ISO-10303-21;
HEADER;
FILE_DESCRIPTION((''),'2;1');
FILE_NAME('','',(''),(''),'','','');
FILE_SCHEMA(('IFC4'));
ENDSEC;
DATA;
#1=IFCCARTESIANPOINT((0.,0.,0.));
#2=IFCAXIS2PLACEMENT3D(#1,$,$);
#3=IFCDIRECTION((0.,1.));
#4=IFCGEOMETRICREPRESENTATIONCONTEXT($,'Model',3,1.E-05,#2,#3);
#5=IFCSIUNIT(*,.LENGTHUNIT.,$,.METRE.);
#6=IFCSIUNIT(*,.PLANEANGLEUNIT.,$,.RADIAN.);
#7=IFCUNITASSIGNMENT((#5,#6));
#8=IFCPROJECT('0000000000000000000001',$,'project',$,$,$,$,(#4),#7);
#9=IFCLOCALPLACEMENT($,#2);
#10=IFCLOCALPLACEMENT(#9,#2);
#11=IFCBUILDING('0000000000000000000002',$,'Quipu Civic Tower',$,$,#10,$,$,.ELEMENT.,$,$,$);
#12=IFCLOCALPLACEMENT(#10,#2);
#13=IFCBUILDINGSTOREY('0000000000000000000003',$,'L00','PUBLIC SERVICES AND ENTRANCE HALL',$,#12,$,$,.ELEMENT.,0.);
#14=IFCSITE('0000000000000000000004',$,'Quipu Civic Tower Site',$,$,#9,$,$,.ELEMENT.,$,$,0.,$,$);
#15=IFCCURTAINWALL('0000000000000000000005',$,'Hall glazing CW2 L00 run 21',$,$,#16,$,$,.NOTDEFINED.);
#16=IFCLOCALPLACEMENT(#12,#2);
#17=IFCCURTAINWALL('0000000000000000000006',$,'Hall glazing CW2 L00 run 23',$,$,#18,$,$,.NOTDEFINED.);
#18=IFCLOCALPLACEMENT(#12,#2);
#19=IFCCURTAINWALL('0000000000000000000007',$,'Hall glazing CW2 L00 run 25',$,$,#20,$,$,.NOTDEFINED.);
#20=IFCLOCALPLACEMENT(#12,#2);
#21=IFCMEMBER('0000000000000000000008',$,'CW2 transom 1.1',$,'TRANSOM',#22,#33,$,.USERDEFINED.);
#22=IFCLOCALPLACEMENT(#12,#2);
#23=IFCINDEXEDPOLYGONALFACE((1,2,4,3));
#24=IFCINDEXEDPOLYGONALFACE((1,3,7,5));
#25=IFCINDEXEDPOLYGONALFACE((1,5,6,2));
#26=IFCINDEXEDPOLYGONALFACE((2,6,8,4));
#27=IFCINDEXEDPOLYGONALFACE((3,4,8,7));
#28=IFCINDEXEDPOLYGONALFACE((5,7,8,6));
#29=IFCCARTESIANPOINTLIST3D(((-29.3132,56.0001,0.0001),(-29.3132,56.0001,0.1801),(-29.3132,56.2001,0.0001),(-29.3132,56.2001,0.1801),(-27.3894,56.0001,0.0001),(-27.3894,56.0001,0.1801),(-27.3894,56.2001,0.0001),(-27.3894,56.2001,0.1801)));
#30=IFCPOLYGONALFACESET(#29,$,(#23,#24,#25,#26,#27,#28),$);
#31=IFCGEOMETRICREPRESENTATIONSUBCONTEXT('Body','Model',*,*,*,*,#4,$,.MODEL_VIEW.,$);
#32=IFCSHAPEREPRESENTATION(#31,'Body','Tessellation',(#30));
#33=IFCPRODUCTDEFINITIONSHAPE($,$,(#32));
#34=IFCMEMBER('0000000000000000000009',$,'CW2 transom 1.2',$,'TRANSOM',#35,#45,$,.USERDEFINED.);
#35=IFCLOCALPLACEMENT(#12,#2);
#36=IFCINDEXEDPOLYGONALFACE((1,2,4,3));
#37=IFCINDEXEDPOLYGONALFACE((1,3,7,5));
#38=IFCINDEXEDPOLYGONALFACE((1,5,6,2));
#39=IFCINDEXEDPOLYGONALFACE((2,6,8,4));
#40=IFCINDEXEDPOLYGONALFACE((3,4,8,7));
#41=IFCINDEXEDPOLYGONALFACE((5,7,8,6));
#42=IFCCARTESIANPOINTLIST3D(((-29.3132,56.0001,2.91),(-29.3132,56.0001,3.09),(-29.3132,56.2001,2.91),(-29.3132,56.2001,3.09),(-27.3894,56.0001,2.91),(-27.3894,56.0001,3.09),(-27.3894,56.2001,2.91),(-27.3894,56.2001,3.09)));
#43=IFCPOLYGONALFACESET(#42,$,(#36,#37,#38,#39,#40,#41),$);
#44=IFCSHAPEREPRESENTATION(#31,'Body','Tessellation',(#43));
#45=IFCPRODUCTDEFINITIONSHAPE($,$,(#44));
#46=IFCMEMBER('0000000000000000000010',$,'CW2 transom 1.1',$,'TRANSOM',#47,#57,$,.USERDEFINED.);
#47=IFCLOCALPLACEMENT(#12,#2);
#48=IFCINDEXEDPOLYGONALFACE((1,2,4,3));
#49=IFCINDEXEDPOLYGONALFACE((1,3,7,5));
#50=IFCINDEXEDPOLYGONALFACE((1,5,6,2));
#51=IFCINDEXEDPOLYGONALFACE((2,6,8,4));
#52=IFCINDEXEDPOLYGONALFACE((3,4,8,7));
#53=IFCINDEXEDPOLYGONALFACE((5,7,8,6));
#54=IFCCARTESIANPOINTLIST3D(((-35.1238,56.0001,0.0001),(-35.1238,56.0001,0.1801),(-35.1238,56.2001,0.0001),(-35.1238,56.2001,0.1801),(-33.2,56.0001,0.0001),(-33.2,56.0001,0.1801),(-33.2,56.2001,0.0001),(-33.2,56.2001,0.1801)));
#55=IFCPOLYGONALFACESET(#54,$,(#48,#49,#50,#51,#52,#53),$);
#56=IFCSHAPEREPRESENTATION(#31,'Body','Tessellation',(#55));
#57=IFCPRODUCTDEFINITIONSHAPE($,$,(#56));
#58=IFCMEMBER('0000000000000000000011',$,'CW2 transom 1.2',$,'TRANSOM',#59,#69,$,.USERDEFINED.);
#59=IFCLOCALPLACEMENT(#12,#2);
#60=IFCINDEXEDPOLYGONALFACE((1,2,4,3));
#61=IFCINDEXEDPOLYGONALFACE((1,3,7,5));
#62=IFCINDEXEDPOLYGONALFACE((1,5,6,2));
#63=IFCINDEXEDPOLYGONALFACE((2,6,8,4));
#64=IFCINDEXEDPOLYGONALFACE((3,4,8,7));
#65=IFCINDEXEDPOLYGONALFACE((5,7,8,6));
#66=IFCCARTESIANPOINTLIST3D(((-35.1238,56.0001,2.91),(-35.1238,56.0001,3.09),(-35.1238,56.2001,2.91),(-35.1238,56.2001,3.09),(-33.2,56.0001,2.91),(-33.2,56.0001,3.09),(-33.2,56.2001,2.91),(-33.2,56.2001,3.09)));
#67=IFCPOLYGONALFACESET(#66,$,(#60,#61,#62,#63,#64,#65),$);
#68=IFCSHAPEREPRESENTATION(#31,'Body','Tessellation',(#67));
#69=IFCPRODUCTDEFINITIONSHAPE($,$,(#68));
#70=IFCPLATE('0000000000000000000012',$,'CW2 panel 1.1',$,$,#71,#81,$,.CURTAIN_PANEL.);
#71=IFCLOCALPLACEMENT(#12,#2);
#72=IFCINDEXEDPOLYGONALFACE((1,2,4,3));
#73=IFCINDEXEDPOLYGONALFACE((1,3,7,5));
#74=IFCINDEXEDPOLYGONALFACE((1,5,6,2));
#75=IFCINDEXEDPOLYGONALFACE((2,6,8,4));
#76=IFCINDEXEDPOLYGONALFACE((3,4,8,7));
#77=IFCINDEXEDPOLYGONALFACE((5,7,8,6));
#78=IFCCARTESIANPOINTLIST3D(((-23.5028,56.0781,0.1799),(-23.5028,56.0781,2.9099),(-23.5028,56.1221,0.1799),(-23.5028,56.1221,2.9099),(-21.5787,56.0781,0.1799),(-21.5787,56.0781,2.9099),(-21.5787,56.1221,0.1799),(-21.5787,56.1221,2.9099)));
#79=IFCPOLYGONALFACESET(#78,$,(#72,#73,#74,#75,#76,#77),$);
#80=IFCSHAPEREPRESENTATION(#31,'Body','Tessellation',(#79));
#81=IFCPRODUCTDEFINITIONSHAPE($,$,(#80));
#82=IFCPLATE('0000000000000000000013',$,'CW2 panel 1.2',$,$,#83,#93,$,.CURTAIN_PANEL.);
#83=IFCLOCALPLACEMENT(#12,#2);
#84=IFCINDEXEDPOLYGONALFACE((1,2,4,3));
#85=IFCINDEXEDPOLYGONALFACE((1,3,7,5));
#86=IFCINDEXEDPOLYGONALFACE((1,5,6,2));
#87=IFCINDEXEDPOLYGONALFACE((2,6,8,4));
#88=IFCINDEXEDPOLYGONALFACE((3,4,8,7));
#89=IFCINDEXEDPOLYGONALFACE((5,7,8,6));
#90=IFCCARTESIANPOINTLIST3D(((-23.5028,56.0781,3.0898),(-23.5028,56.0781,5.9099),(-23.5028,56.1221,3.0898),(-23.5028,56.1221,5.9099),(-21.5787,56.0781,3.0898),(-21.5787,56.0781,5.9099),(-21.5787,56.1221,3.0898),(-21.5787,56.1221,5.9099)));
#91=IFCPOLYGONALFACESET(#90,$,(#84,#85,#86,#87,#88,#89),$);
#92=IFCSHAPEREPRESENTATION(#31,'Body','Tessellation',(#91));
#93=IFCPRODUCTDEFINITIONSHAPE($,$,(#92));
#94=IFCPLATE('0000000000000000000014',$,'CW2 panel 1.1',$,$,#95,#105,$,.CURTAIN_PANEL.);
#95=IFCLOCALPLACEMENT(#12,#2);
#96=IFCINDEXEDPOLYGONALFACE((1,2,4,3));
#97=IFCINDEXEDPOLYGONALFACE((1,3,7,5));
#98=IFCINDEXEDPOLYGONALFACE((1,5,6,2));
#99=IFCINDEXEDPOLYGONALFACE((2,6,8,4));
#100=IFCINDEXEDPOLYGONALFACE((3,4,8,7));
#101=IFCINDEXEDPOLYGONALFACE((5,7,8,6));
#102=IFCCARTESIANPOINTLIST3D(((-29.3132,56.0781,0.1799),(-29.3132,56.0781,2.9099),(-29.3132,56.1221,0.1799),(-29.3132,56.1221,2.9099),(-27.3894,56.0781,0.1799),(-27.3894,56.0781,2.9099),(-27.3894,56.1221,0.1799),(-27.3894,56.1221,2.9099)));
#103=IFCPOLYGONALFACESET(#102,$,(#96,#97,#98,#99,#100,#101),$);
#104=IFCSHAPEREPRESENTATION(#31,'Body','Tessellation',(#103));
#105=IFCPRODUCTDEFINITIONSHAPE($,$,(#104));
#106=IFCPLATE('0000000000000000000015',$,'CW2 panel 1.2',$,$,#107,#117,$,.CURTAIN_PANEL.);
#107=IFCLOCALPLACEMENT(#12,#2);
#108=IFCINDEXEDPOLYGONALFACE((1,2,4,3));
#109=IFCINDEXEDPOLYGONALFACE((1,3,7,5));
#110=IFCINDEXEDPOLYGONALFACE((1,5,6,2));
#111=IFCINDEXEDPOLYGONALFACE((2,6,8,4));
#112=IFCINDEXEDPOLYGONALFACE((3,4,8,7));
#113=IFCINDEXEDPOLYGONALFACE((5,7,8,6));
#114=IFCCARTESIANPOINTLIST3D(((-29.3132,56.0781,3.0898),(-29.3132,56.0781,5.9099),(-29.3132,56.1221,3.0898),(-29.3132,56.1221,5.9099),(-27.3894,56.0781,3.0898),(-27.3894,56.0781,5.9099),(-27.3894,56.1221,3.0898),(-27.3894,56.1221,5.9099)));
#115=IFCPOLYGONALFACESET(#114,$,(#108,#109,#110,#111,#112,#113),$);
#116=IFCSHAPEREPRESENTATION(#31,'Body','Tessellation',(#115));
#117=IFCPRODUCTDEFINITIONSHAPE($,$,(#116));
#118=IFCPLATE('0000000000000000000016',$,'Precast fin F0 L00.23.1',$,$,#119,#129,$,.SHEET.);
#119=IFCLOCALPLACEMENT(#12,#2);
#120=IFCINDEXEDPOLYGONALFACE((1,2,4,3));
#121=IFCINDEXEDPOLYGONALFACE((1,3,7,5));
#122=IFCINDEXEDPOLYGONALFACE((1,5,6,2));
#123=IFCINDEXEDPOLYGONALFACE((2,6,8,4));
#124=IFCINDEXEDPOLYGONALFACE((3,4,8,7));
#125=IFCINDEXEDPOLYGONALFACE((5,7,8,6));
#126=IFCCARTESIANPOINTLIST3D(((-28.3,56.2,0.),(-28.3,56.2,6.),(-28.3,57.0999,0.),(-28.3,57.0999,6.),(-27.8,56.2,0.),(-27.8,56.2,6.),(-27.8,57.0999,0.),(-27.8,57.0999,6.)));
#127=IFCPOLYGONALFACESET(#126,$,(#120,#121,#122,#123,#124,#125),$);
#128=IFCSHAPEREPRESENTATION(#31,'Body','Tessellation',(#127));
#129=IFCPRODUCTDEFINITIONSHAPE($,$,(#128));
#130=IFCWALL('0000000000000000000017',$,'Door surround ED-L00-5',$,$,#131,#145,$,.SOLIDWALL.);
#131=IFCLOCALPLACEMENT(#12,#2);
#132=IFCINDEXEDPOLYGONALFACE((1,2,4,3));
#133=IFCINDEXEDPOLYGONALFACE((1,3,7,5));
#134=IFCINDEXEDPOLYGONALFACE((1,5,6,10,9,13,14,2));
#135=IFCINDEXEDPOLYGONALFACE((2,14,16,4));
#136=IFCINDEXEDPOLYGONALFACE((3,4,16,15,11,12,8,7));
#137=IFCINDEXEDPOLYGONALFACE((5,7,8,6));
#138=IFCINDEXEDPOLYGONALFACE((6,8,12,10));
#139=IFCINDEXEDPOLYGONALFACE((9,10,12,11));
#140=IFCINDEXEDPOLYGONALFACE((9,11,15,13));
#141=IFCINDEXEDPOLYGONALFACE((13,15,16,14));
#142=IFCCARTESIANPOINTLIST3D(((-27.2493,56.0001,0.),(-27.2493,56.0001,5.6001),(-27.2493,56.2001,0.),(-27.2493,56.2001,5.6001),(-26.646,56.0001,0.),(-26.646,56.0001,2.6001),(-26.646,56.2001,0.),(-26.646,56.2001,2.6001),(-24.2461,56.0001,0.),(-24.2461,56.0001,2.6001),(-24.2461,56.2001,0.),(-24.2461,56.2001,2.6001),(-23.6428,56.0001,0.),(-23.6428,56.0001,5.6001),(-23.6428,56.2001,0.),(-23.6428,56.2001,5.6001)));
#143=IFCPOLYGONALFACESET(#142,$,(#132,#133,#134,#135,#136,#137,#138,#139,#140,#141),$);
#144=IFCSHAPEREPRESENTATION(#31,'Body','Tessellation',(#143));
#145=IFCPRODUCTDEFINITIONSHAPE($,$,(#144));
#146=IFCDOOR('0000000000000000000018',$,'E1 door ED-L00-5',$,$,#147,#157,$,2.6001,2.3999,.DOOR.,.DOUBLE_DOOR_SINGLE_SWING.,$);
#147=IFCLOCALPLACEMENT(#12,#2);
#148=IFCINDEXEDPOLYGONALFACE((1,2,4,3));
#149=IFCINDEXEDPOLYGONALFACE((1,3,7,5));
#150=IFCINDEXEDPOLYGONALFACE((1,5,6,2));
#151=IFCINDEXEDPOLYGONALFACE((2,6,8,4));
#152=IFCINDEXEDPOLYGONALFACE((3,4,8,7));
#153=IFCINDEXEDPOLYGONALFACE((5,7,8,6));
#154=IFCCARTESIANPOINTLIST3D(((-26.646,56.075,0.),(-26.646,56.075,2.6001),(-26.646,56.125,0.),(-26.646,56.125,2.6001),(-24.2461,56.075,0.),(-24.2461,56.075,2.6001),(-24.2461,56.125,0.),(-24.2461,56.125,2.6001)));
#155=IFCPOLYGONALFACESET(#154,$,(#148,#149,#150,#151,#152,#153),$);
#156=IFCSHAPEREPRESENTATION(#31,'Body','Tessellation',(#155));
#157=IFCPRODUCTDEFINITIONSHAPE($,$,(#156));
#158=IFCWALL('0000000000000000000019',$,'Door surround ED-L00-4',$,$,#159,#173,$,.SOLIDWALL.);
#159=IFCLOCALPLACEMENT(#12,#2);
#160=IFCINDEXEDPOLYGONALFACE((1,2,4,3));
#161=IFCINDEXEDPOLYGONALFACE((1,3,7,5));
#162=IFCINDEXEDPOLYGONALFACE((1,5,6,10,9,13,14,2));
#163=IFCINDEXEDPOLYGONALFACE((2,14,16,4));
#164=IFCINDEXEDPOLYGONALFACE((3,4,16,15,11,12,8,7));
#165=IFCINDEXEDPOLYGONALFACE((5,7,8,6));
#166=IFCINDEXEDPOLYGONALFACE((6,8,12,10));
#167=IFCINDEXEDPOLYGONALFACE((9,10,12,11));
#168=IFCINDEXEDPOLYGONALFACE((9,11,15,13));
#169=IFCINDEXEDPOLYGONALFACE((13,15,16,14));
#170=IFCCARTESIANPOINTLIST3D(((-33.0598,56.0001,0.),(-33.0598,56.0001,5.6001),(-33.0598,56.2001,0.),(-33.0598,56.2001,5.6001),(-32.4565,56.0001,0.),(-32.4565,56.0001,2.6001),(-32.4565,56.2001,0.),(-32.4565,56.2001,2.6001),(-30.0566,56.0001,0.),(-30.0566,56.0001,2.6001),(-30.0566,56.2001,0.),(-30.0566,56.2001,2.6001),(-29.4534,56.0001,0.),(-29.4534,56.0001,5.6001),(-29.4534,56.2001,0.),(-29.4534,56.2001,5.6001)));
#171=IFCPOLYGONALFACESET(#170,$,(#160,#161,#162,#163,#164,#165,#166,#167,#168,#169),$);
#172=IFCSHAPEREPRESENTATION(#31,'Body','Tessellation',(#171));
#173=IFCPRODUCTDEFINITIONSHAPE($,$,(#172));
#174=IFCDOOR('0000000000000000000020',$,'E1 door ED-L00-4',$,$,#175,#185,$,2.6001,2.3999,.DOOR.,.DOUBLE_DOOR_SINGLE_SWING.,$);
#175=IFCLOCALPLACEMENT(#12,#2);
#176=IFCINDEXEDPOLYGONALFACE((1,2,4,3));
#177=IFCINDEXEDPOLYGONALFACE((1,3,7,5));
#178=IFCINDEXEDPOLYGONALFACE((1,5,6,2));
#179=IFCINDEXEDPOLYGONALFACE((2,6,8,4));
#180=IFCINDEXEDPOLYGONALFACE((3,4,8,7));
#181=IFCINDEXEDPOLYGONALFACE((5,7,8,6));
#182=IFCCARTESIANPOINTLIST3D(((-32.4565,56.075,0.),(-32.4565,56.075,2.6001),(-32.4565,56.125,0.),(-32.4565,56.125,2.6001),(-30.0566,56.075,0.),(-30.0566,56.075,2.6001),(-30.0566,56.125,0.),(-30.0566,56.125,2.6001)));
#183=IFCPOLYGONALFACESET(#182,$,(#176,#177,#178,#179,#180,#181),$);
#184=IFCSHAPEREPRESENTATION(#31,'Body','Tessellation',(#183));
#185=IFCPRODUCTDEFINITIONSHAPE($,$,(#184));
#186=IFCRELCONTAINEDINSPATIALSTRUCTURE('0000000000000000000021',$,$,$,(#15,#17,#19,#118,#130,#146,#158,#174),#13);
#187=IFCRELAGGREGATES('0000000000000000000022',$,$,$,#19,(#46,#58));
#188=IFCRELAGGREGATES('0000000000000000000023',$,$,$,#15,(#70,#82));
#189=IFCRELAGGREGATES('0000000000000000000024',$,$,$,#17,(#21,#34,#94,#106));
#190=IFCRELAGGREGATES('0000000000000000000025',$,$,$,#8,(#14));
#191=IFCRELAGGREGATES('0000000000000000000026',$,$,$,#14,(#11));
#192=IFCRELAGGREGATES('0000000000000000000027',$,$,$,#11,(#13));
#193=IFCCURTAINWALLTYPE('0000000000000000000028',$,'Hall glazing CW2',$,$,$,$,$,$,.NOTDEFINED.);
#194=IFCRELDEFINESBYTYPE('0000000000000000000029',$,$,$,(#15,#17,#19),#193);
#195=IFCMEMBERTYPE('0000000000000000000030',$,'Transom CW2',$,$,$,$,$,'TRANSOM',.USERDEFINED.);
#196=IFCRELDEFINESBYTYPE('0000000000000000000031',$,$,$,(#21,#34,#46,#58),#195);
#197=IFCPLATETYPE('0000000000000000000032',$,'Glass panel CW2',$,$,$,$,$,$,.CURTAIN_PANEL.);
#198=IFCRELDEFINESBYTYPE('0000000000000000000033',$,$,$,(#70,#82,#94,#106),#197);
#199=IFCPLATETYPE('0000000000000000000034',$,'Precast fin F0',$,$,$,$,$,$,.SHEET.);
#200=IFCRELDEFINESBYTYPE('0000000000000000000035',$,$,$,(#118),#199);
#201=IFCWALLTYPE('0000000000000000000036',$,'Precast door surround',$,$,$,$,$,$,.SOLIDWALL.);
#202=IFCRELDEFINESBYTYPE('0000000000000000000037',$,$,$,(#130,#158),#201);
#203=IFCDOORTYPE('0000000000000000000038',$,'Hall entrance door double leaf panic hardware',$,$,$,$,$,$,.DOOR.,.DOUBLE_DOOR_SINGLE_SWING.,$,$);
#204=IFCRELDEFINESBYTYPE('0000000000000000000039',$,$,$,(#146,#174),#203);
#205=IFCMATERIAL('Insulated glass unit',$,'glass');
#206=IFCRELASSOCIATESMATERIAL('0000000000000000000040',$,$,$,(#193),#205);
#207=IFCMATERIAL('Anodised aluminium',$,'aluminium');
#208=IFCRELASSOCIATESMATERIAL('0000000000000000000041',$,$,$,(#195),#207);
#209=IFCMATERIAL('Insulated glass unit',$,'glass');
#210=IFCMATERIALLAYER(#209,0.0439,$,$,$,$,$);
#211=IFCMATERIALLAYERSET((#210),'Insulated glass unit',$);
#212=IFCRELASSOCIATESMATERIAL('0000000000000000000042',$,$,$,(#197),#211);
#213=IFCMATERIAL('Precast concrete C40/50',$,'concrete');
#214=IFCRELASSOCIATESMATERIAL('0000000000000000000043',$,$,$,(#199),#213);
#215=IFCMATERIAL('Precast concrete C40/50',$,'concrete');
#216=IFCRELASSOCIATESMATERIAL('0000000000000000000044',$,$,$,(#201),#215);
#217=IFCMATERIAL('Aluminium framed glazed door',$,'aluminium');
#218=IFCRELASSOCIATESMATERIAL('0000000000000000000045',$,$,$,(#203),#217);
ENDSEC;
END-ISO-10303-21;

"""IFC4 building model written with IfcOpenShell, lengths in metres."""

from ifc_helpers import new_model, si_unit, direction, frame, frame_2d, origin, origin_2d, place, context, subcontext, project, spatial, rectangle, extrude, material, layer, layer_set, material_profile, profile_set, type_object, element, fill, aggregate, save


model = new_model("IFC4")

# Units and contexts
model_context = context("Model", 3, precision=1e-05, world=origin(), true_north=direction((0.0, 1.0)))
body_context = subcontext(model_context, "Body", "Model", "MODEL_VIEW")
ifc_project = project(units=[si_unit("LENGTHUNIT", "METRE"), si_unit("PLANEANGLEUNIT", "RADIAN")], contexts=[model_context])

# Site, building, storey
site_placement = place(None, origin())
site = spatial("IfcSite", under=ifc_project, at=site_placement, Name="Quipu Civic Tower Site", CompositionType="ELEMENT", RefElevation=0.0)
building_placement = place(site_placement, origin())
building = spatial("IfcBuilding", under=site, at=building_placement, Name="Quipu Civic Tower", CompositionType="ELEMENT")
storey_placement = place(building_placement, origin())
storey = spatial("IfcBuildingStorey", under=building, at=storey_placement, Name="L00", Description="PUBLIC SERVICES AND ENTRANCE HALL", CompositionType="ELEMENT", Elevation=0.0)

# Curtain wall
ifc_material_1 = material(Name="Insulated glass unit", Category="glass")
curtain_wall_type = type_object("IfcCurtainWallType", Name="Hall glazing CW2", PredefinedType="NOTDEFINED", material=ifc_material_1)
curtain_wall_1_placement = place(storey_placement, origin())
curtain_wall_1 = element("IfcCurtainWall", 1, at=curtain_wall_1_placement, inside=storey, type_object=curtain_wall_type, Name="Hall glazing CW2 L00 run 21", PredefinedType="NOTDEFINED")

# Curtain wall
curtain_wall_2_placement = place(storey_placement, origin())
curtain_wall_2 = element("IfcCurtainWall", 2, at=curtain_wall_2_placement, inside=storey, type_object=curtain_wall_type, Name="Hall glazing CW2 L00 run 23", PredefinedType="NOTDEFINED")

# Curtain wall
curtain_wall_3_placement = place(storey_placement, origin())
curtain_wall_3 = element("IfcCurtainWall", 3, at=curtain_wall_3_placement, inside=storey, type_object=curtain_wall_type, Name="Hall glazing CW2 L00 run 25", PredefinedType="NOTDEFINED")

# Members
ifc_material_2 = material(Name="Anodised aluminium", Category="aluminium")
ifc_material_profile_1 = material_profile(ifc_material_2, rectangle(XDim=0.2, YDim=0.1799, at=origin_2d()), Name="RECT 200x180")
ifc_profile_set_1 = profile_set([ifc_material_profile_1], Name="Anodised aluminium")
member_type_1 = type_object("IfcMemberType", Name="Transom CW2", ElementType="TRANSOM", PredefinedType="USERDEFINED", material=ifc_profile_set_1)
member_1_placement = place(storey_placement, frame((-27.3894, 56.1001, 0.0901), z_axis=(-1.0, 0.0, 0.0), x_axis=(0.0, -1.0, 0.0)))
member_1 = element("IfcMember", 4, at=member_1_placement, type_object=member_type_1, Name="CW2 transom 1.1", ObjectType="TRANSOM", PredefinedType="USERDEFINED", context=body_context, shape_type="SweptSolid", body=[
    extrude(rectangle(XDim=0.2, YDim=0.1799, at=origin_2d()), origin(), (0.0, 0.0, 1.0), 1.9238),
])
member_2_placement = place(storey_placement, frame((-27.3894, 56.1001, 3.0), z_axis=(-1.0, 0.0, 0.0), x_axis=(0.0, -1.0, 0.0)))
member_2 = element("IfcMember", 5, at=member_2_placement, type_object=member_type_1, Name="CW2 transom 1.2", ObjectType="TRANSOM", PredefinedType="USERDEFINED", context=body_context, shape_type="SweptSolid", body=[
    extrude(rectangle(XDim=0.2, YDim=0.1799, at=origin_2d()), origin(), (0.0, 0.0, 1.0), 1.9238),
])
member_3_placement = place(storey_placement, frame((-33.2, 56.1001, 0.0901), z_axis=(-1.0, 0.0, 0.0), x_axis=(0.0, -1.0, 0.0)))
member_3 = element("IfcMember", 6, at=member_3_placement, type_object=member_type_1, Name="CW2 transom 1.1", ObjectType="TRANSOM", PredefinedType="USERDEFINED", context=body_context, shape_type="SweptSolid", body=[
    extrude(rectangle(XDim=0.2, YDim=0.1799, at=origin_2d()), origin(), (0.0, 0.0, 1.0), 1.9238),
])
member_4_placement = place(storey_placement, frame((-33.2, 56.1001, 3.0), z_axis=(-1.0, 0.0, 0.0), x_axis=(0.0, -1.0, 0.0)))
member_4 = element("IfcMember", 7, at=member_4_placement, type_object=member_type_1, Name="CW2 transom 1.2", ObjectType="TRANSOM", PredefinedType="USERDEFINED", context=body_context, shape_type="SweptSolid", body=[
    extrude(rectangle(XDim=0.2, YDim=0.1799, at=origin_2d()), origin(), (0.0, 0.0, 1.0), 1.9238),
])
aggregate(curtain_wall_3, [member_3, member_4])

# Plates
ifc_material_3 = material(Name="Insulated glass unit", Category="glass")
ifc_layer = layer(ifc_material_3, 0.0439)
ifc_layer_set = layer_set([ifc_layer], Name="Insulated glass unit")
plate_type_1 = type_object("IfcPlateType", Name="Glass panel CW2", PredefinedType="CURTAIN_PANEL", material=ifc_layer_set)
plate_1_placement = place(storey_placement, frame((-22.5408, 56.1001, 0.1799), z_axis=(0.0, 0.0, 1.0), x_axis=(-1.0, 0.0, 0.0)))
plate_1 = element("IfcPlate", 8, at=plate_1_placement, type_object=plate_type_1, Name="CW2 panel 1.1", PredefinedType="CURTAIN_PANEL", context=body_context, shape_type="SweptSolid", body=[
    extrude(rectangle(XDim=1.9241, YDim=0.0439, at=origin_2d()), origin(), (0.0, 0.0, 1.0), 2.73),
])
plate_2_placement = place(storey_placement, frame((-22.5408, 56.1001, 3.0898), z_axis=(0.0, 0.0, 1.0), x_axis=(-1.0, 0.0, 0.0)))
plate_2 = element("IfcPlate", 9, at=plate_2_placement, type_object=plate_type_1, Name="CW2 panel 1.2", PredefinedType="CURTAIN_PANEL", context=body_context, shape_type="SweptSolid", body=[
    extrude(rectangle(XDim=1.9241, YDim=0.0439, at=origin_2d()), origin(), (0.0, 0.0, 1.0), 2.8201),
])
aggregate(curtain_wall_1, [plate_1, plate_2])
plate_3_placement = place(storey_placement, frame((-28.3513, 56.1001, 0.1799), z_axis=(0.0, 0.0, 1.0), x_axis=(-1.0, 0.0, 0.0)))
plate_3 = element("IfcPlate", 10, at=plate_3_placement, type_object=plate_type_1, Name="CW2 panel 1.1", PredefinedType="CURTAIN_PANEL", context=body_context, shape_type="SweptSolid", body=[
    extrude(rectangle(XDim=1.9238, YDim=0.0439, at=origin_2d()), origin(), (0.0, 0.0, 1.0), 2.73),
])
plate_4_placement = place(storey_placement, frame((-28.3513, 56.1001, 3.0898), z_axis=(0.0, 0.0, 1.0), x_axis=(-1.0, 0.0, 0.0)))
plate_4 = element("IfcPlate", 11, at=plate_4_placement, type_object=plate_type_1, Name="CW2 panel 1.2", PredefinedType="CURTAIN_PANEL", context=body_context, shape_type="SweptSolid", body=[
    extrude(rectangle(XDim=1.9238, YDim=0.0439, at=origin_2d()), origin(), (0.0, 0.0, 1.0), 2.8201),
])
aggregate(curtain_wall_2, [member_1, member_2, plate_3, plate_4])
ifc_material_4 = material(Name="Precast concrete C40/50", Category="concrete")
plate_type_2 = type_object("IfcPlateType", Name="Precast fin F0", PredefinedType="SHEET", material=ifc_material_4)
plate_5_placement = place(storey_placement, frame((-28.05, 56.6499, 0.0), z_axis=(0.0, 0.0, 1.0), x_axis=(-1.0, 0.0, 0.0)))
element("IfcPlate", 12, at=plate_5_placement, inside=storey, type_object=plate_type_2, Name="Precast fin F0 L00.23.1", PredefinedType="SHEET", context=body_context, shape_type="SweptSolid", body=[
    extrude(rectangle(XDim=0.5, YDim=0.8999, at=origin_2d()), origin(), (0.0, 0.0, 1.0), 6.0),
])

# Walls, openings, doors
ifc_material_5 = material(Name="Precast concrete C40/50", Category="concrete")
wall_type = type_object("IfcWallType", Name="Precast door surround", PredefinedType="SOLIDWALL", material=ifc_material_5)
wall_1_placement = place(storey_placement, frame((-27.2493, 56.1001, 0.0), z_axis=(0.0, 0.0, 1.0), x_axis=(1.0, 0.0, 0.0)))
wall_1 = element("IfcWall", 13, at=wall_1_placement, inside=storey, type_object=wall_type, Name="Door surround ED-L00-5", PredefinedType="SOLIDWALL", context=body_context, shape_type="SweptSolid", body=[
    extrude(rectangle(XDim=3.6064, YDim=0.2, at=frame_2d((1.8032, 0.0))), origin(), (0.0, 0.0, 1.0), 5.6001),
])
opening_1_placement = place(wall_1_placement, frame((0.6033, 0.0, 0.0)))
opening_1 = element("IfcOpeningElement", 14, at=opening_1_placement, cuts=wall_1, PredefinedType="OPENING", context=body_context, shape_type="SweptSolid", body=[
    extrude(rectangle(XDim=2.3999, YDim=2.6001, at=frame_2d((1.2, 1.3))), frame((0.0, 0.1099, 0.0), z_axis=(0.0, -1.0, 0.0), x_axis=(1.0, 0.0, 0.0)), (0.0, 0.0, 1.0), 0.22),
])
ifc_material_6 = material(Name="Aluminium framed glazed door", Category="aluminium")
door_type = type_object("IfcDoorType", Name="Hall entrance door double leaf panic hardware", OperationType="DOUBLE_DOOR_SINGLE_SWING", PredefinedType="DOOR", material=ifc_material_6)
door_1_placement = place(opening_1_placement, origin())
door_1 = element("IfcDoor", 15, at=door_1_placement, inside=storey, type_object=door_type, Name="E1 door ED-L00-5", OperationType="DOUBLE_DOOR_SINGLE_SWING", OverallHeight=2.6001, OverallWidth=2.3999, PredefinedType="DOOR", context=body_context, shape_type="SweptSolid", body=[
    extrude(rectangle(XDim=2.3999, YDim=2.6001, at=frame_2d((1.2, 1.3))), frame((0.0, 0.0249, 0.0), z_axis=(0.0, -1.0, 0.0), x_axis=(1.0, 0.0, 0.0)), (0.0, 0.0, 1.0), 0.05),
])
fill(opening_1, door_1)
wall_2_placement = place(storey_placement, frame((-33.0598, 56.1001, 0.0), z_axis=(0.0, 0.0, 1.0), x_axis=(1.0, 0.0, 0.0)))
wall_2 = element("IfcWall", 16, at=wall_2_placement, inside=storey, type_object=wall_type, Name="Door surround ED-L00-4", PredefinedType="SOLIDWALL", context=body_context, shape_type="SweptSolid", body=[
    extrude(rectangle(XDim=3.6064, YDim=0.2, at=frame_2d((1.8032, 0.0))), origin(), (0.0, 0.0, 1.0), 5.6001),
])
opening_2_placement = place(wall_2_placement, frame((0.6033, 0.0, 0.0)))
opening_2 = element("IfcOpeningElement", 17, at=opening_2_placement, cuts=wall_2, PredefinedType="OPENING", context=body_context, shape_type="SweptSolid", body=[
    extrude(rectangle(XDim=2.3999, YDim=2.6001, at=frame_2d((1.2, 1.3))), frame((0.0, 0.1099, 0.0), z_axis=(0.0, -1.0, 0.0), x_axis=(1.0, 0.0, 0.0)), (0.0, 0.0, 1.0), 0.22),
])
door_2_placement = place(opening_2_placement, origin())
door_2 = element("IfcDoor", 18, at=door_2_placement, inside=storey, type_object=door_type, Name="E1 door ED-L00-4", OperationType="DOUBLE_DOOR_SINGLE_SWING", OverallHeight=2.6001, OverallWidth=2.3999, PredefinedType="DOOR", context=body_context, shape_type="SweptSolid", body=[
    extrude(rectangle(XDim=2.3999, YDim=2.6001, at=frame_2d((1.2, 1.3))), frame((0.0, 0.0249, 0.0), z_axis=(0.0, -1.0, 0.0), x_axis=(1.0, 0.0, 0.0)), (0.0, 0.0, 1.0), 0.05),
])
fill(opening_2, door_2)

save(model, "model.ifc")
